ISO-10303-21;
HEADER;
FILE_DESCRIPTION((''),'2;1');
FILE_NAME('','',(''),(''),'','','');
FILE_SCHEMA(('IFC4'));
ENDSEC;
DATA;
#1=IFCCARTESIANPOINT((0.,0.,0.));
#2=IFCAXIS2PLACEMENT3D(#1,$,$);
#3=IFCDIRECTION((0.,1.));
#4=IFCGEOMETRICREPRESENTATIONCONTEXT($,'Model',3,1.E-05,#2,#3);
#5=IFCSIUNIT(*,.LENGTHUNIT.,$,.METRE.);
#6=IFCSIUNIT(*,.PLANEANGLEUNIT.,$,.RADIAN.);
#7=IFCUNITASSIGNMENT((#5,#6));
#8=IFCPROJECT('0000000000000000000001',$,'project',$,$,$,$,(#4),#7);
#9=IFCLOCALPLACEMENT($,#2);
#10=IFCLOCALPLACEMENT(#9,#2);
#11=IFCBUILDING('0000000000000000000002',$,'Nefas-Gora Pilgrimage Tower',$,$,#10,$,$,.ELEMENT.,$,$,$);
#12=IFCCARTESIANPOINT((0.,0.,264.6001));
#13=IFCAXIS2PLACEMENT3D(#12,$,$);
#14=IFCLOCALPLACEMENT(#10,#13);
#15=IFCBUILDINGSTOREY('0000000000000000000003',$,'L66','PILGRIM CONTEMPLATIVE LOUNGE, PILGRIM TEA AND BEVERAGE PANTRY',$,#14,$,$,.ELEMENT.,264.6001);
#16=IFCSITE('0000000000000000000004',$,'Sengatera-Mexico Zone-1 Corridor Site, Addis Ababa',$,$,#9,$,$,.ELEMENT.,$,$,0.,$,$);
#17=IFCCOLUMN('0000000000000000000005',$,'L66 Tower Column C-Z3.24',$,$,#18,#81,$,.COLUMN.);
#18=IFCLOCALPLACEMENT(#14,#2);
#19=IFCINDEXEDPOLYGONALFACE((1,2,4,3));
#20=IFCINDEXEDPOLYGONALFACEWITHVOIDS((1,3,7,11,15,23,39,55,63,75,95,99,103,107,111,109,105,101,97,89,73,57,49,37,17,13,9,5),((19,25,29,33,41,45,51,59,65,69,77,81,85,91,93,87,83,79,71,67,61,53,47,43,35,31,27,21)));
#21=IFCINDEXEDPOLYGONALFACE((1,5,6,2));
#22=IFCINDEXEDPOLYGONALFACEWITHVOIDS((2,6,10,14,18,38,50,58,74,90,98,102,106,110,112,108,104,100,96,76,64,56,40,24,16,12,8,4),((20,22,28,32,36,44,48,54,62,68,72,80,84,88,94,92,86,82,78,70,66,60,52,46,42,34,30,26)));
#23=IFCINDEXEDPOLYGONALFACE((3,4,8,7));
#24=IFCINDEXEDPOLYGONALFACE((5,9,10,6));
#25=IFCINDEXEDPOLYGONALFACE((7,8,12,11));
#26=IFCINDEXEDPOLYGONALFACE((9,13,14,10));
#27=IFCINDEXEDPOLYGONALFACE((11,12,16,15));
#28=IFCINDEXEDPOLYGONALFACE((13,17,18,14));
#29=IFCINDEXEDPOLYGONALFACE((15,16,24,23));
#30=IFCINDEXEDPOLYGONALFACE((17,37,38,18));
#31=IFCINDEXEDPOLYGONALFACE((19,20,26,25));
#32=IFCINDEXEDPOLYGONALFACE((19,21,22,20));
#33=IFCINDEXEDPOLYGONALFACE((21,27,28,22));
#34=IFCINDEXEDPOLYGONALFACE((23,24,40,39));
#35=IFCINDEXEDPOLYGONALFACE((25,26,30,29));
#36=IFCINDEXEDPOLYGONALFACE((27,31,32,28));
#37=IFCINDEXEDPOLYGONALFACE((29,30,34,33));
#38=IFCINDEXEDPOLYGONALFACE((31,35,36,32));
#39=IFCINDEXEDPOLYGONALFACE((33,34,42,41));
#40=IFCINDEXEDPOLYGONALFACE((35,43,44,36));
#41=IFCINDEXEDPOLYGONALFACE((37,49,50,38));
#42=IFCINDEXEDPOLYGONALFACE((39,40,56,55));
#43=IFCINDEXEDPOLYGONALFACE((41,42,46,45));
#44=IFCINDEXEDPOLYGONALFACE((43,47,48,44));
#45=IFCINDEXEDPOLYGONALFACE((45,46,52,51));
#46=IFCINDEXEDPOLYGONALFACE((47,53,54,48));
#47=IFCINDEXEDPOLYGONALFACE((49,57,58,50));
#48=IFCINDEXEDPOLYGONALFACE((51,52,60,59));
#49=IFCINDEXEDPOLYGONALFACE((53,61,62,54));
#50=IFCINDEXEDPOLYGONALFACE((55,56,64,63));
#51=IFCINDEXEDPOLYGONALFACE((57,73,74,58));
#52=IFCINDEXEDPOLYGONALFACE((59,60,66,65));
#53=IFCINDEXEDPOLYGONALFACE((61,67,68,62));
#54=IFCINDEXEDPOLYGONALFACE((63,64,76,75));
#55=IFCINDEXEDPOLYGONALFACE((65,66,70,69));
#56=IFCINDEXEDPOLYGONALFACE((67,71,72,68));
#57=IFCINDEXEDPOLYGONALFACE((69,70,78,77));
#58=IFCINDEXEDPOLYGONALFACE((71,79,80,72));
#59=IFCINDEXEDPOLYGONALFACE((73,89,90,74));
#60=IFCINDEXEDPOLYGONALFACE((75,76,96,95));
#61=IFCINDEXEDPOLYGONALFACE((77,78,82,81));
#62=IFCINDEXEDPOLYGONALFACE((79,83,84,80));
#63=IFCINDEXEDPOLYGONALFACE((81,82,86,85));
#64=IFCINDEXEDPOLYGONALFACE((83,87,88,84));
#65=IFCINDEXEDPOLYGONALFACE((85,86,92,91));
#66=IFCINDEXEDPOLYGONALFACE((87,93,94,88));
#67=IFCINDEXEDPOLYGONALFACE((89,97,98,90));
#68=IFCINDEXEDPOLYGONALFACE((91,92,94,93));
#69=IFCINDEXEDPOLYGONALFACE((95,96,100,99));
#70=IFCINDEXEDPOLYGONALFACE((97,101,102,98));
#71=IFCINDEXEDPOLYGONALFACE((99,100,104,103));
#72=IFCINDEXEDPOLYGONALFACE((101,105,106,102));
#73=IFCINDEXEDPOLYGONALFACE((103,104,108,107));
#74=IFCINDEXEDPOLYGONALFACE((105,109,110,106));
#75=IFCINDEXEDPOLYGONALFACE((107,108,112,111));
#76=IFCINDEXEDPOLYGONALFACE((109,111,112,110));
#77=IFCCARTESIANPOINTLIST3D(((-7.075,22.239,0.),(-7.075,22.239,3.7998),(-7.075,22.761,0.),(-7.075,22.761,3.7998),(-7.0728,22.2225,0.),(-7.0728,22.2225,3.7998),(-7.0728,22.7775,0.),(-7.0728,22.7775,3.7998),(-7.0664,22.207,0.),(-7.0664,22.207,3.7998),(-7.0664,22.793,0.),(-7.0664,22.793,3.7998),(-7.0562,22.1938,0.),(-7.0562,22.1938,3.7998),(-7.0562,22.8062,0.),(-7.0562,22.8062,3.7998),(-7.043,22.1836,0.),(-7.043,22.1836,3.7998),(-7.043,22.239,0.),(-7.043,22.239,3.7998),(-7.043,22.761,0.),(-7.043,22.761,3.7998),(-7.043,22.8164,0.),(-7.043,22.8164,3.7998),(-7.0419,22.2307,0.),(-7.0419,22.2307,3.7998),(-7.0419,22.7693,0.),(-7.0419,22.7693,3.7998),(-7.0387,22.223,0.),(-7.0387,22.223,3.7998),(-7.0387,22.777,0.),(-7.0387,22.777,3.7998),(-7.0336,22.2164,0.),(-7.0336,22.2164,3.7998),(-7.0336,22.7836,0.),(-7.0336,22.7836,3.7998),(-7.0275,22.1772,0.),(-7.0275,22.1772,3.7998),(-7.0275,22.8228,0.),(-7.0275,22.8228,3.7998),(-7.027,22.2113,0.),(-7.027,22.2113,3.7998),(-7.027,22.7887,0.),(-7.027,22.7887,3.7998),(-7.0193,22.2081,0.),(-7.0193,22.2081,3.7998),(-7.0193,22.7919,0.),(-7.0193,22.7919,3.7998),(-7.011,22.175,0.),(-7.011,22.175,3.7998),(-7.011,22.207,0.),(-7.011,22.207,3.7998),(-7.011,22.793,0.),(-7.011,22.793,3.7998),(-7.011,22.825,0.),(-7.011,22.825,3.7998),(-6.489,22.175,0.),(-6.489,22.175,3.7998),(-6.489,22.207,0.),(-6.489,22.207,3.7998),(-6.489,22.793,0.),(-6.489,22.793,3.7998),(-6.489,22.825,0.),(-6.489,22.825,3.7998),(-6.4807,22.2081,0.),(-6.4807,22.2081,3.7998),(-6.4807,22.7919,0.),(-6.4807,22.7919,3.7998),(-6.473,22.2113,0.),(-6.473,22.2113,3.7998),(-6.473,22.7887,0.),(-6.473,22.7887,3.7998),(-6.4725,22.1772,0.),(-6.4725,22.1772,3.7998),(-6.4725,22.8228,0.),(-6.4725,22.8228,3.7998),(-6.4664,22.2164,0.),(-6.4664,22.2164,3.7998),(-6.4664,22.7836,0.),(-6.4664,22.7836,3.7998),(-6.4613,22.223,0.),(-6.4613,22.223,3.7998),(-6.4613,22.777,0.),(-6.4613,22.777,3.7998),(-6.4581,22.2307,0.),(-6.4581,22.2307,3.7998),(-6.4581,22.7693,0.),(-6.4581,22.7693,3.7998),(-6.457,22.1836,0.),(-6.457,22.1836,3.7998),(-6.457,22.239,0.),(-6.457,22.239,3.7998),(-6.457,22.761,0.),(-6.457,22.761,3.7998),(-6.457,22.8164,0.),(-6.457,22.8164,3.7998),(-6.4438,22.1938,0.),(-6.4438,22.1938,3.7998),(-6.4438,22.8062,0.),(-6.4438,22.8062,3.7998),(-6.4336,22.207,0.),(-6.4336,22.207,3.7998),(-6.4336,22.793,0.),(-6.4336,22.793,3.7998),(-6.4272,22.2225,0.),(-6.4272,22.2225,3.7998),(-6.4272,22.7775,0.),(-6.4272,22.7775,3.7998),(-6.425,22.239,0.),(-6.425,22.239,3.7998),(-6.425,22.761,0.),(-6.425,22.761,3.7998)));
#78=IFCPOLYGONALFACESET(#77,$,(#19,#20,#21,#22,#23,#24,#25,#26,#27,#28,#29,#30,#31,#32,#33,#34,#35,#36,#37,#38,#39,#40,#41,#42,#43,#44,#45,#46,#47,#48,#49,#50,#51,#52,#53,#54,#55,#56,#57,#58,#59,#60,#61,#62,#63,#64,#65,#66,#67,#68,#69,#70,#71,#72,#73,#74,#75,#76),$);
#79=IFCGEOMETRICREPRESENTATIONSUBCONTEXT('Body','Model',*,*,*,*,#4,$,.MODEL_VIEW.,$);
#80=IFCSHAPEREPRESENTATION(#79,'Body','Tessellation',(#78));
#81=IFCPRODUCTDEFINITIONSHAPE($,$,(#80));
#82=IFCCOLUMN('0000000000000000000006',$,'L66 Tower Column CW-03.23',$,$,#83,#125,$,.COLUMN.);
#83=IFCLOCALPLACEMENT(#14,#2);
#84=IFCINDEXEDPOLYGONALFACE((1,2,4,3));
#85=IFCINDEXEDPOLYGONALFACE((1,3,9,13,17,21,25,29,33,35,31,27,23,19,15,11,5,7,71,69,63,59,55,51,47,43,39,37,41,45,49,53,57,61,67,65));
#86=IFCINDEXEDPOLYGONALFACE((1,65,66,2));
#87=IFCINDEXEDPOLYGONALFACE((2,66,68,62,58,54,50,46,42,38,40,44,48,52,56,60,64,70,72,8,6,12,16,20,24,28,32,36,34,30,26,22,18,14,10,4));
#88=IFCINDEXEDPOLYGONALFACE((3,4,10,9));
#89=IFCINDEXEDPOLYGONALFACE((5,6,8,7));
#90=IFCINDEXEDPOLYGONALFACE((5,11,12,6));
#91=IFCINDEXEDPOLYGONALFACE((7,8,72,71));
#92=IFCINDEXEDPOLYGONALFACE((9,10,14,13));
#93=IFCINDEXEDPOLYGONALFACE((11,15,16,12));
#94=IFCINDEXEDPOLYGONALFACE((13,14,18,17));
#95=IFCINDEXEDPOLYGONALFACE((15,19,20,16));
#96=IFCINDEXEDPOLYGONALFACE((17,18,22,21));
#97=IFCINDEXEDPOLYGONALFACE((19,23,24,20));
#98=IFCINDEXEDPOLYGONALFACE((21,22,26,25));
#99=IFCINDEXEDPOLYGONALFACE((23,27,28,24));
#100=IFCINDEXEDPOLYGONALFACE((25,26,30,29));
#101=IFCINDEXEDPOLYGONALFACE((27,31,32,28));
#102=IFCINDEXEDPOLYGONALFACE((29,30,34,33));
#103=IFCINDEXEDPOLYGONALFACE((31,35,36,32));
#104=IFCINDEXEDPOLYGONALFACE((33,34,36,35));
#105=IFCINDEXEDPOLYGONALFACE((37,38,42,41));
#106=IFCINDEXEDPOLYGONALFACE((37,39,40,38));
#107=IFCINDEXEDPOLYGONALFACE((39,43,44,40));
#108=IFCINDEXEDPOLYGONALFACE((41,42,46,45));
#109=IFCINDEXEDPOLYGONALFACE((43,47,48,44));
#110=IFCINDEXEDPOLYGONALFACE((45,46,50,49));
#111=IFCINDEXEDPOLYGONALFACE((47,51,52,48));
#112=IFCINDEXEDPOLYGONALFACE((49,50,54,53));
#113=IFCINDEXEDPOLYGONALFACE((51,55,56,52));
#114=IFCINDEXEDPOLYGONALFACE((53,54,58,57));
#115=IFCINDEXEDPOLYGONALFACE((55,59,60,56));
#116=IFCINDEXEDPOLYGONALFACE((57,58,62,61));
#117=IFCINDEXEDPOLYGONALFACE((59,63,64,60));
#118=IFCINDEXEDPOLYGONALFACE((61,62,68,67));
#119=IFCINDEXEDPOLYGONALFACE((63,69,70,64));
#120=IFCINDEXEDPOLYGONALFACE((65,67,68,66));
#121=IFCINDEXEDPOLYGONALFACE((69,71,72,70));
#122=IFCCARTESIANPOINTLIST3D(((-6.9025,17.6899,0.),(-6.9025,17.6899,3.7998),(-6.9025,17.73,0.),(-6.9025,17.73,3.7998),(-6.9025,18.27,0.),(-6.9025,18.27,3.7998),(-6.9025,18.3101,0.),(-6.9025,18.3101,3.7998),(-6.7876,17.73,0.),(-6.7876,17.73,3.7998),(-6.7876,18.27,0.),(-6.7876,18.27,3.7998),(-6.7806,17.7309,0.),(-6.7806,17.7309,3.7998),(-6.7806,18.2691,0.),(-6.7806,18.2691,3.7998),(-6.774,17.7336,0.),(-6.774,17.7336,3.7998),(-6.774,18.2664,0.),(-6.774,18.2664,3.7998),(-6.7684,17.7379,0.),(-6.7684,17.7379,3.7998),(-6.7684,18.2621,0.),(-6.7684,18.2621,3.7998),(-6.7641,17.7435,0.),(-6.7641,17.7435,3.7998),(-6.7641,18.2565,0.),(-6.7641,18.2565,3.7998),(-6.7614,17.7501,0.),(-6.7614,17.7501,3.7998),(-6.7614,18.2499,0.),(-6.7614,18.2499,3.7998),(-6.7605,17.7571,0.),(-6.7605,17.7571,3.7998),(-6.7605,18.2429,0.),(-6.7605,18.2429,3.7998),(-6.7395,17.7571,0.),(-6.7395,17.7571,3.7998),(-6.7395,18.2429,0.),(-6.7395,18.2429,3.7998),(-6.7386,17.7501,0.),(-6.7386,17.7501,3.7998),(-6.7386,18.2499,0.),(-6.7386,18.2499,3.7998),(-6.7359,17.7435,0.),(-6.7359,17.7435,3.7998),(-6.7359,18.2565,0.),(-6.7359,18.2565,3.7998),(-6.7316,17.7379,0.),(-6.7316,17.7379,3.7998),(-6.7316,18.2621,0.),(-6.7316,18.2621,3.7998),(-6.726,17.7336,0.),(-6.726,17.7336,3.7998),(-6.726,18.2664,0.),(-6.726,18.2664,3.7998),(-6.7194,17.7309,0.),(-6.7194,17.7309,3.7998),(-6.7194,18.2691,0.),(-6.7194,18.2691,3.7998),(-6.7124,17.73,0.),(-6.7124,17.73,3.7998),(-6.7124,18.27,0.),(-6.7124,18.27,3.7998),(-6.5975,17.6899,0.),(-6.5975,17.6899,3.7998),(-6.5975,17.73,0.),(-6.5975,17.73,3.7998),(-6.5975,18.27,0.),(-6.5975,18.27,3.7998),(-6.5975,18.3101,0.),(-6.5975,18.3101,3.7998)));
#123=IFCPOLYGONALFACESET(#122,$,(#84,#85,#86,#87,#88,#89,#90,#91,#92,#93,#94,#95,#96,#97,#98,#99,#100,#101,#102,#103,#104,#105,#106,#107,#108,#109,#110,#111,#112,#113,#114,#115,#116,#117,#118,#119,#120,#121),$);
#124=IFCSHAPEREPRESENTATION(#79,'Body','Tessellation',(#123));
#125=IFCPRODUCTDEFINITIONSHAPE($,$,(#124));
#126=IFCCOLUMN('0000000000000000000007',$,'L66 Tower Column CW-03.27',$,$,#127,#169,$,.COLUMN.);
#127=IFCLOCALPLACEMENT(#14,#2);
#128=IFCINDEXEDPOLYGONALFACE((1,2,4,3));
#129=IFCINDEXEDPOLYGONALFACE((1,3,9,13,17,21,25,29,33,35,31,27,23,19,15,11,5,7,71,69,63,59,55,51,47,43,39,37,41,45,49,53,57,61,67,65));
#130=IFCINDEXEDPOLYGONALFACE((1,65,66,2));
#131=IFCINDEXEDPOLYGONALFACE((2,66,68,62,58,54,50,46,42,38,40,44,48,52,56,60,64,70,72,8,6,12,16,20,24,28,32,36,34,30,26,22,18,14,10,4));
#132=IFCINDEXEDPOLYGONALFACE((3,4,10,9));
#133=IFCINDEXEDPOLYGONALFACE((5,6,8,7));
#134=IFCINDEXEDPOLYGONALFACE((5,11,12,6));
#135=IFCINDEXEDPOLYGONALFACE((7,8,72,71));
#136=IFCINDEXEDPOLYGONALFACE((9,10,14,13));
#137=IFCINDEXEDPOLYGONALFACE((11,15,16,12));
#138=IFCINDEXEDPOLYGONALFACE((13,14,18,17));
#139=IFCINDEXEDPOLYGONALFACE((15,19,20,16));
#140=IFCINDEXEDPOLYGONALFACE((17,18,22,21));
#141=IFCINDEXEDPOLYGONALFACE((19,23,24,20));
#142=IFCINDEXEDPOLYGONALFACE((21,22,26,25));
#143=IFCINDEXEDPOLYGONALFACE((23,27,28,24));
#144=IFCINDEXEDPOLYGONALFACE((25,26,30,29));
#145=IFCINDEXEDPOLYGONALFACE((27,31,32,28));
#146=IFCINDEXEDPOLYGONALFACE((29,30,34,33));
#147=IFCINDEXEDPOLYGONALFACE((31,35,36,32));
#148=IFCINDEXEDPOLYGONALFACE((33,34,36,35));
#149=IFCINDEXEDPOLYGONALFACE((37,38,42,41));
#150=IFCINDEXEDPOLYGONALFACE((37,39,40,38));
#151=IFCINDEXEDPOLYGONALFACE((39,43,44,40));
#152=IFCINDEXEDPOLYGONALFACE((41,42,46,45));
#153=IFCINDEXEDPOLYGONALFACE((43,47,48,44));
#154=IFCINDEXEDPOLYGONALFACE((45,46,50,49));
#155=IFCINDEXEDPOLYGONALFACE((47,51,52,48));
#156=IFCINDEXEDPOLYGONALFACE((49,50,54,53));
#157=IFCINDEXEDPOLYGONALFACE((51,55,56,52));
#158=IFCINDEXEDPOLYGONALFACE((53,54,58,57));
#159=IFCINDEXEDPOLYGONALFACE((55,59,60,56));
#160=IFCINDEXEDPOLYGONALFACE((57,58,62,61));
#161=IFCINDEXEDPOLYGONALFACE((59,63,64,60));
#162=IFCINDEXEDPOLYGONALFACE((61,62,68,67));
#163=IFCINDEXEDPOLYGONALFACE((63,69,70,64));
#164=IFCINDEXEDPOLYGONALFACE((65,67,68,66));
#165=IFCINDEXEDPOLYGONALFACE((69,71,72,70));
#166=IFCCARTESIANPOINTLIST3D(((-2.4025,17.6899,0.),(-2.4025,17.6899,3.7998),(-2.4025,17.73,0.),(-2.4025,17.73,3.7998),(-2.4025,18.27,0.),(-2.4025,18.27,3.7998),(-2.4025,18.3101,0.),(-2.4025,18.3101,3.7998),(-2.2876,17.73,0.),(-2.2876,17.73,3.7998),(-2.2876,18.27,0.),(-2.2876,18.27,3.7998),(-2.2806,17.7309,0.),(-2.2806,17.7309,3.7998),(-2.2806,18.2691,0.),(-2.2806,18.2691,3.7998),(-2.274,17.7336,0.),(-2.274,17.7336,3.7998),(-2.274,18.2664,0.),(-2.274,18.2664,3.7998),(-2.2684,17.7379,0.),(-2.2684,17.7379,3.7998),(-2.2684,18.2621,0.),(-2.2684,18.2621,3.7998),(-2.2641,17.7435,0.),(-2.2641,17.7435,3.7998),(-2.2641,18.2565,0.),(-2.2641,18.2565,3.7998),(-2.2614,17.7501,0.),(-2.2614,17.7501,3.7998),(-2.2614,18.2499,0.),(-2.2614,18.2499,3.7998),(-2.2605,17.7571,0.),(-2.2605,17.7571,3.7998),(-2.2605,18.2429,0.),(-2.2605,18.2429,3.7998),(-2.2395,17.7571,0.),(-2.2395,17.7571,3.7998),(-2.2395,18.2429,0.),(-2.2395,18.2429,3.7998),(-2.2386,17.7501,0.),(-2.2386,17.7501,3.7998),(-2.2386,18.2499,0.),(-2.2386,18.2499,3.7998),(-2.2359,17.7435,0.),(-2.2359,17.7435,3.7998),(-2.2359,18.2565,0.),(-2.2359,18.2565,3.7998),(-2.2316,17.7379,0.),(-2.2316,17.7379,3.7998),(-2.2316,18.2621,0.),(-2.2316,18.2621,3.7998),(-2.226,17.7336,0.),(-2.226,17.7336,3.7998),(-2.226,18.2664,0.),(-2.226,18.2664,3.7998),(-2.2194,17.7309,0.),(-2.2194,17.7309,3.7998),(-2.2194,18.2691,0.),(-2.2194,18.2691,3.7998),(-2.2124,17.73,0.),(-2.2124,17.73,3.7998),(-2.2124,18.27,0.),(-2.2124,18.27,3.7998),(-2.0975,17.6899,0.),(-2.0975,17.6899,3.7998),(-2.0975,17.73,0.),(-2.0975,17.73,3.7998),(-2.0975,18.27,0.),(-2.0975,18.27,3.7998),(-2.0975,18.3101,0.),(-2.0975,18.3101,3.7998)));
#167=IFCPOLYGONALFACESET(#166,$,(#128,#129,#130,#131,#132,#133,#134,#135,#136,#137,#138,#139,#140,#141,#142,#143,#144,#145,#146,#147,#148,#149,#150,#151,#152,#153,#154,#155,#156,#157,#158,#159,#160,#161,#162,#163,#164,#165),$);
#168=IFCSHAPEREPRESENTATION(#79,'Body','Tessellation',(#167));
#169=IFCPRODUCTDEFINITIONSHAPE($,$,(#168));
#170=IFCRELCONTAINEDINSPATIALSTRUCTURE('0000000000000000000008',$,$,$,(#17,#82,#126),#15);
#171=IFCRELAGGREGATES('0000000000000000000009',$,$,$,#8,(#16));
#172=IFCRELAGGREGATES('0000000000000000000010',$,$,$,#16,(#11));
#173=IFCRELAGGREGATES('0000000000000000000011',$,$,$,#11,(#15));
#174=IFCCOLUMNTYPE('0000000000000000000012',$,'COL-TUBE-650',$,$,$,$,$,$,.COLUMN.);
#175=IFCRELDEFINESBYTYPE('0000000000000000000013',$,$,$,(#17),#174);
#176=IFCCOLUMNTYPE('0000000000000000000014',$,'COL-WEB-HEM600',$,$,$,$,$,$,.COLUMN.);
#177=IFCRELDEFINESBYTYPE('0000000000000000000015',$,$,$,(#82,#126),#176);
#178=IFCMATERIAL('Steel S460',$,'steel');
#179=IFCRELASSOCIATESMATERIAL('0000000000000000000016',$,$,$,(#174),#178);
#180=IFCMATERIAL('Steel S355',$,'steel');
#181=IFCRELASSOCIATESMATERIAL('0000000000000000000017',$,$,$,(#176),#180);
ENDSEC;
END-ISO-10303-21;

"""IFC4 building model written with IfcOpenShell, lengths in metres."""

from ifc_helpers import new_model, si_unit, direction, frame, origin, origin_2d, place, context, subcontext, project, spatial, hollow_rectangle, i_section, extrude, source, transform, mapped, material, material_profile, profile_set, type_object, element, save


model = new_model("IFC4")

# Units and contexts
model_context = context("Model", 3, precision=1e-05, world=origin(), true_north=direction((0.0, 1.0)))
body_context = subcontext(model_context, "Body", "Model", "MODEL_VIEW")
ifc_project = project(units=[si_unit("LENGTHUNIT", "METRE"), si_unit("PLANEANGLEUNIT", "RADIAN")], contexts=[model_context])

# Site, building, storey
site_placement = place(None, origin())
site = spatial("IfcSite", under=ifc_project, at=site_placement, Name="Sengatera-Mexico Zone-1 Corridor Site, Addis Ababa", CompositionType="ELEMENT", RefElevation=0.0)
building_placement = place(site_placement, origin())
building = spatial("IfcBuilding", under=site, at=building_placement, Name="Nefas-Gora Pilgrimage Tower", CompositionType="ELEMENT")
storey_placement = place(building_placement, frame((0.0, 0.0, 264.6001)))
storey = spatial("IfcBuildingStorey", under=building, at=storey_placement, Name="L66", Description="PILGRIM CONTEMPLATIVE LOUNGE, PILGRIM TEA AND BEVERAGE PANTRY", CompositionType="ELEMENT", Elevation=264.6001)

# Columns
ifc_material_1 = material(Name="Steel S460", Category="steel")
ifc_material_profile_1 = material_profile(ifc_material_1, hollow_rectangle(XDim=0.6499, YDim=0.6499, WallThickness=0.032, InnerFilletRadius=0.032, OuterFilletRadius=0.064, at=origin_2d()), Name="BOX 650x650x32")
ifc_profile_set_1 = profile_set([ifc_material_profile_1], Name="Steel S460")
column_type_1 = type_object("IfcColumnType", Name="COL-TUBE-650", PredefinedType="COLUMN", material=ifc_profile_set_1)
shared_shape_1 = source(origin(), body_context, "Body", "SweptSolid", [
    extrude(hollow_rectangle(XDim=0.6499, YDim=0.6499, WallThickness=0.032, InnerFilletRadius=0.032, OuterFilletRadius=0.064, at=origin_2d()), origin(), (0.0, 0.0, 1.0), 3.7998),
])
column_placement = place(storey_placement, frame((-6.75, 22.5, 0.0), z_axis=(0.0, 0.0, 1.0), x_axis=(1.0, 0.0, 0.0)))
element("IfcColumn", 1, at=column_placement, inside=storey, type_object=column_type_1, Name="L66 Tower Column C-Z3.24", PredefinedType="COLUMN", context=body_context, shape_type="MappedRepresentation", body=[
    mapped(shared_shape_1, transform((0.0, 0.0, 0.0), x_axis=(1.0, 0.0, 0.0), y_axis=(0.0, 1.0, 0.0), z_axis=(0.0, 0.0, 1.0), scale=1.0)),
])
ifc_material_2 = material(Name="Steel S355", Category="steel")
ifc_material_profile_2 = material_profile(ifc_material_2, i_section(OverallWidth=0.3049, OverallDepth=0.6201, WebThickness=0.021, FlangeThickness=0.04, FilletRadius=0.0271, at=origin_2d()), Name="HEM 600")
ifc_profile_set_2 = profile_set([ifc_material_profile_2], Name="Steel S355")
column_type_2 = type_object("IfcColumnType", Name="COL-WEB-HEM600", PredefinedType="COLUMN", material=ifc_profile_set_2)
shared_shape_2 = source(origin(), body_context, "Body", "SweptSolid", [
    extrude(i_section(OverallWidth=0.3049, OverallDepth=0.6201, WebThickness=0.021, FlangeThickness=0.04, FilletRadius=0.0271, at=origin_2d()), origin(), (0.0, 0.0, 1.0), 3.7998),
])
for number, where, z_axis, x_axis, name in (
    (2, (-6.75, 18.0, 0.0), (0.0, 0.0, 1.0), (1.0, 0.0, 0.0), "L66 Tower Column CW-03.23"),
    (3, (-2.25, 18.0, 0.0), (0.0, 0.0, 1.0), (1.0, 0.0, 0.0), "L66 Tower Column CW-03.27"),
):
    element("IfcColumn", number, at=place(storey_placement, frame(where, z_axis=z_axis, x_axis=x_axis)), inside=storey, type_object=column_type_2, Name=name, PredefinedType="COLUMN", context=body_context, shape_type="MappedRepresentation", body=[
        mapped(shared_shape_2, transform((0.0, 0.0, 0.0), x_axis=(1.0, 0.0, 0.0), y_axis=(0.0, 1.0, 0.0), z_axis=(0.0, 0.0, 1.0), scale=1.0)),
    ])

save(model, "model.ifc")
